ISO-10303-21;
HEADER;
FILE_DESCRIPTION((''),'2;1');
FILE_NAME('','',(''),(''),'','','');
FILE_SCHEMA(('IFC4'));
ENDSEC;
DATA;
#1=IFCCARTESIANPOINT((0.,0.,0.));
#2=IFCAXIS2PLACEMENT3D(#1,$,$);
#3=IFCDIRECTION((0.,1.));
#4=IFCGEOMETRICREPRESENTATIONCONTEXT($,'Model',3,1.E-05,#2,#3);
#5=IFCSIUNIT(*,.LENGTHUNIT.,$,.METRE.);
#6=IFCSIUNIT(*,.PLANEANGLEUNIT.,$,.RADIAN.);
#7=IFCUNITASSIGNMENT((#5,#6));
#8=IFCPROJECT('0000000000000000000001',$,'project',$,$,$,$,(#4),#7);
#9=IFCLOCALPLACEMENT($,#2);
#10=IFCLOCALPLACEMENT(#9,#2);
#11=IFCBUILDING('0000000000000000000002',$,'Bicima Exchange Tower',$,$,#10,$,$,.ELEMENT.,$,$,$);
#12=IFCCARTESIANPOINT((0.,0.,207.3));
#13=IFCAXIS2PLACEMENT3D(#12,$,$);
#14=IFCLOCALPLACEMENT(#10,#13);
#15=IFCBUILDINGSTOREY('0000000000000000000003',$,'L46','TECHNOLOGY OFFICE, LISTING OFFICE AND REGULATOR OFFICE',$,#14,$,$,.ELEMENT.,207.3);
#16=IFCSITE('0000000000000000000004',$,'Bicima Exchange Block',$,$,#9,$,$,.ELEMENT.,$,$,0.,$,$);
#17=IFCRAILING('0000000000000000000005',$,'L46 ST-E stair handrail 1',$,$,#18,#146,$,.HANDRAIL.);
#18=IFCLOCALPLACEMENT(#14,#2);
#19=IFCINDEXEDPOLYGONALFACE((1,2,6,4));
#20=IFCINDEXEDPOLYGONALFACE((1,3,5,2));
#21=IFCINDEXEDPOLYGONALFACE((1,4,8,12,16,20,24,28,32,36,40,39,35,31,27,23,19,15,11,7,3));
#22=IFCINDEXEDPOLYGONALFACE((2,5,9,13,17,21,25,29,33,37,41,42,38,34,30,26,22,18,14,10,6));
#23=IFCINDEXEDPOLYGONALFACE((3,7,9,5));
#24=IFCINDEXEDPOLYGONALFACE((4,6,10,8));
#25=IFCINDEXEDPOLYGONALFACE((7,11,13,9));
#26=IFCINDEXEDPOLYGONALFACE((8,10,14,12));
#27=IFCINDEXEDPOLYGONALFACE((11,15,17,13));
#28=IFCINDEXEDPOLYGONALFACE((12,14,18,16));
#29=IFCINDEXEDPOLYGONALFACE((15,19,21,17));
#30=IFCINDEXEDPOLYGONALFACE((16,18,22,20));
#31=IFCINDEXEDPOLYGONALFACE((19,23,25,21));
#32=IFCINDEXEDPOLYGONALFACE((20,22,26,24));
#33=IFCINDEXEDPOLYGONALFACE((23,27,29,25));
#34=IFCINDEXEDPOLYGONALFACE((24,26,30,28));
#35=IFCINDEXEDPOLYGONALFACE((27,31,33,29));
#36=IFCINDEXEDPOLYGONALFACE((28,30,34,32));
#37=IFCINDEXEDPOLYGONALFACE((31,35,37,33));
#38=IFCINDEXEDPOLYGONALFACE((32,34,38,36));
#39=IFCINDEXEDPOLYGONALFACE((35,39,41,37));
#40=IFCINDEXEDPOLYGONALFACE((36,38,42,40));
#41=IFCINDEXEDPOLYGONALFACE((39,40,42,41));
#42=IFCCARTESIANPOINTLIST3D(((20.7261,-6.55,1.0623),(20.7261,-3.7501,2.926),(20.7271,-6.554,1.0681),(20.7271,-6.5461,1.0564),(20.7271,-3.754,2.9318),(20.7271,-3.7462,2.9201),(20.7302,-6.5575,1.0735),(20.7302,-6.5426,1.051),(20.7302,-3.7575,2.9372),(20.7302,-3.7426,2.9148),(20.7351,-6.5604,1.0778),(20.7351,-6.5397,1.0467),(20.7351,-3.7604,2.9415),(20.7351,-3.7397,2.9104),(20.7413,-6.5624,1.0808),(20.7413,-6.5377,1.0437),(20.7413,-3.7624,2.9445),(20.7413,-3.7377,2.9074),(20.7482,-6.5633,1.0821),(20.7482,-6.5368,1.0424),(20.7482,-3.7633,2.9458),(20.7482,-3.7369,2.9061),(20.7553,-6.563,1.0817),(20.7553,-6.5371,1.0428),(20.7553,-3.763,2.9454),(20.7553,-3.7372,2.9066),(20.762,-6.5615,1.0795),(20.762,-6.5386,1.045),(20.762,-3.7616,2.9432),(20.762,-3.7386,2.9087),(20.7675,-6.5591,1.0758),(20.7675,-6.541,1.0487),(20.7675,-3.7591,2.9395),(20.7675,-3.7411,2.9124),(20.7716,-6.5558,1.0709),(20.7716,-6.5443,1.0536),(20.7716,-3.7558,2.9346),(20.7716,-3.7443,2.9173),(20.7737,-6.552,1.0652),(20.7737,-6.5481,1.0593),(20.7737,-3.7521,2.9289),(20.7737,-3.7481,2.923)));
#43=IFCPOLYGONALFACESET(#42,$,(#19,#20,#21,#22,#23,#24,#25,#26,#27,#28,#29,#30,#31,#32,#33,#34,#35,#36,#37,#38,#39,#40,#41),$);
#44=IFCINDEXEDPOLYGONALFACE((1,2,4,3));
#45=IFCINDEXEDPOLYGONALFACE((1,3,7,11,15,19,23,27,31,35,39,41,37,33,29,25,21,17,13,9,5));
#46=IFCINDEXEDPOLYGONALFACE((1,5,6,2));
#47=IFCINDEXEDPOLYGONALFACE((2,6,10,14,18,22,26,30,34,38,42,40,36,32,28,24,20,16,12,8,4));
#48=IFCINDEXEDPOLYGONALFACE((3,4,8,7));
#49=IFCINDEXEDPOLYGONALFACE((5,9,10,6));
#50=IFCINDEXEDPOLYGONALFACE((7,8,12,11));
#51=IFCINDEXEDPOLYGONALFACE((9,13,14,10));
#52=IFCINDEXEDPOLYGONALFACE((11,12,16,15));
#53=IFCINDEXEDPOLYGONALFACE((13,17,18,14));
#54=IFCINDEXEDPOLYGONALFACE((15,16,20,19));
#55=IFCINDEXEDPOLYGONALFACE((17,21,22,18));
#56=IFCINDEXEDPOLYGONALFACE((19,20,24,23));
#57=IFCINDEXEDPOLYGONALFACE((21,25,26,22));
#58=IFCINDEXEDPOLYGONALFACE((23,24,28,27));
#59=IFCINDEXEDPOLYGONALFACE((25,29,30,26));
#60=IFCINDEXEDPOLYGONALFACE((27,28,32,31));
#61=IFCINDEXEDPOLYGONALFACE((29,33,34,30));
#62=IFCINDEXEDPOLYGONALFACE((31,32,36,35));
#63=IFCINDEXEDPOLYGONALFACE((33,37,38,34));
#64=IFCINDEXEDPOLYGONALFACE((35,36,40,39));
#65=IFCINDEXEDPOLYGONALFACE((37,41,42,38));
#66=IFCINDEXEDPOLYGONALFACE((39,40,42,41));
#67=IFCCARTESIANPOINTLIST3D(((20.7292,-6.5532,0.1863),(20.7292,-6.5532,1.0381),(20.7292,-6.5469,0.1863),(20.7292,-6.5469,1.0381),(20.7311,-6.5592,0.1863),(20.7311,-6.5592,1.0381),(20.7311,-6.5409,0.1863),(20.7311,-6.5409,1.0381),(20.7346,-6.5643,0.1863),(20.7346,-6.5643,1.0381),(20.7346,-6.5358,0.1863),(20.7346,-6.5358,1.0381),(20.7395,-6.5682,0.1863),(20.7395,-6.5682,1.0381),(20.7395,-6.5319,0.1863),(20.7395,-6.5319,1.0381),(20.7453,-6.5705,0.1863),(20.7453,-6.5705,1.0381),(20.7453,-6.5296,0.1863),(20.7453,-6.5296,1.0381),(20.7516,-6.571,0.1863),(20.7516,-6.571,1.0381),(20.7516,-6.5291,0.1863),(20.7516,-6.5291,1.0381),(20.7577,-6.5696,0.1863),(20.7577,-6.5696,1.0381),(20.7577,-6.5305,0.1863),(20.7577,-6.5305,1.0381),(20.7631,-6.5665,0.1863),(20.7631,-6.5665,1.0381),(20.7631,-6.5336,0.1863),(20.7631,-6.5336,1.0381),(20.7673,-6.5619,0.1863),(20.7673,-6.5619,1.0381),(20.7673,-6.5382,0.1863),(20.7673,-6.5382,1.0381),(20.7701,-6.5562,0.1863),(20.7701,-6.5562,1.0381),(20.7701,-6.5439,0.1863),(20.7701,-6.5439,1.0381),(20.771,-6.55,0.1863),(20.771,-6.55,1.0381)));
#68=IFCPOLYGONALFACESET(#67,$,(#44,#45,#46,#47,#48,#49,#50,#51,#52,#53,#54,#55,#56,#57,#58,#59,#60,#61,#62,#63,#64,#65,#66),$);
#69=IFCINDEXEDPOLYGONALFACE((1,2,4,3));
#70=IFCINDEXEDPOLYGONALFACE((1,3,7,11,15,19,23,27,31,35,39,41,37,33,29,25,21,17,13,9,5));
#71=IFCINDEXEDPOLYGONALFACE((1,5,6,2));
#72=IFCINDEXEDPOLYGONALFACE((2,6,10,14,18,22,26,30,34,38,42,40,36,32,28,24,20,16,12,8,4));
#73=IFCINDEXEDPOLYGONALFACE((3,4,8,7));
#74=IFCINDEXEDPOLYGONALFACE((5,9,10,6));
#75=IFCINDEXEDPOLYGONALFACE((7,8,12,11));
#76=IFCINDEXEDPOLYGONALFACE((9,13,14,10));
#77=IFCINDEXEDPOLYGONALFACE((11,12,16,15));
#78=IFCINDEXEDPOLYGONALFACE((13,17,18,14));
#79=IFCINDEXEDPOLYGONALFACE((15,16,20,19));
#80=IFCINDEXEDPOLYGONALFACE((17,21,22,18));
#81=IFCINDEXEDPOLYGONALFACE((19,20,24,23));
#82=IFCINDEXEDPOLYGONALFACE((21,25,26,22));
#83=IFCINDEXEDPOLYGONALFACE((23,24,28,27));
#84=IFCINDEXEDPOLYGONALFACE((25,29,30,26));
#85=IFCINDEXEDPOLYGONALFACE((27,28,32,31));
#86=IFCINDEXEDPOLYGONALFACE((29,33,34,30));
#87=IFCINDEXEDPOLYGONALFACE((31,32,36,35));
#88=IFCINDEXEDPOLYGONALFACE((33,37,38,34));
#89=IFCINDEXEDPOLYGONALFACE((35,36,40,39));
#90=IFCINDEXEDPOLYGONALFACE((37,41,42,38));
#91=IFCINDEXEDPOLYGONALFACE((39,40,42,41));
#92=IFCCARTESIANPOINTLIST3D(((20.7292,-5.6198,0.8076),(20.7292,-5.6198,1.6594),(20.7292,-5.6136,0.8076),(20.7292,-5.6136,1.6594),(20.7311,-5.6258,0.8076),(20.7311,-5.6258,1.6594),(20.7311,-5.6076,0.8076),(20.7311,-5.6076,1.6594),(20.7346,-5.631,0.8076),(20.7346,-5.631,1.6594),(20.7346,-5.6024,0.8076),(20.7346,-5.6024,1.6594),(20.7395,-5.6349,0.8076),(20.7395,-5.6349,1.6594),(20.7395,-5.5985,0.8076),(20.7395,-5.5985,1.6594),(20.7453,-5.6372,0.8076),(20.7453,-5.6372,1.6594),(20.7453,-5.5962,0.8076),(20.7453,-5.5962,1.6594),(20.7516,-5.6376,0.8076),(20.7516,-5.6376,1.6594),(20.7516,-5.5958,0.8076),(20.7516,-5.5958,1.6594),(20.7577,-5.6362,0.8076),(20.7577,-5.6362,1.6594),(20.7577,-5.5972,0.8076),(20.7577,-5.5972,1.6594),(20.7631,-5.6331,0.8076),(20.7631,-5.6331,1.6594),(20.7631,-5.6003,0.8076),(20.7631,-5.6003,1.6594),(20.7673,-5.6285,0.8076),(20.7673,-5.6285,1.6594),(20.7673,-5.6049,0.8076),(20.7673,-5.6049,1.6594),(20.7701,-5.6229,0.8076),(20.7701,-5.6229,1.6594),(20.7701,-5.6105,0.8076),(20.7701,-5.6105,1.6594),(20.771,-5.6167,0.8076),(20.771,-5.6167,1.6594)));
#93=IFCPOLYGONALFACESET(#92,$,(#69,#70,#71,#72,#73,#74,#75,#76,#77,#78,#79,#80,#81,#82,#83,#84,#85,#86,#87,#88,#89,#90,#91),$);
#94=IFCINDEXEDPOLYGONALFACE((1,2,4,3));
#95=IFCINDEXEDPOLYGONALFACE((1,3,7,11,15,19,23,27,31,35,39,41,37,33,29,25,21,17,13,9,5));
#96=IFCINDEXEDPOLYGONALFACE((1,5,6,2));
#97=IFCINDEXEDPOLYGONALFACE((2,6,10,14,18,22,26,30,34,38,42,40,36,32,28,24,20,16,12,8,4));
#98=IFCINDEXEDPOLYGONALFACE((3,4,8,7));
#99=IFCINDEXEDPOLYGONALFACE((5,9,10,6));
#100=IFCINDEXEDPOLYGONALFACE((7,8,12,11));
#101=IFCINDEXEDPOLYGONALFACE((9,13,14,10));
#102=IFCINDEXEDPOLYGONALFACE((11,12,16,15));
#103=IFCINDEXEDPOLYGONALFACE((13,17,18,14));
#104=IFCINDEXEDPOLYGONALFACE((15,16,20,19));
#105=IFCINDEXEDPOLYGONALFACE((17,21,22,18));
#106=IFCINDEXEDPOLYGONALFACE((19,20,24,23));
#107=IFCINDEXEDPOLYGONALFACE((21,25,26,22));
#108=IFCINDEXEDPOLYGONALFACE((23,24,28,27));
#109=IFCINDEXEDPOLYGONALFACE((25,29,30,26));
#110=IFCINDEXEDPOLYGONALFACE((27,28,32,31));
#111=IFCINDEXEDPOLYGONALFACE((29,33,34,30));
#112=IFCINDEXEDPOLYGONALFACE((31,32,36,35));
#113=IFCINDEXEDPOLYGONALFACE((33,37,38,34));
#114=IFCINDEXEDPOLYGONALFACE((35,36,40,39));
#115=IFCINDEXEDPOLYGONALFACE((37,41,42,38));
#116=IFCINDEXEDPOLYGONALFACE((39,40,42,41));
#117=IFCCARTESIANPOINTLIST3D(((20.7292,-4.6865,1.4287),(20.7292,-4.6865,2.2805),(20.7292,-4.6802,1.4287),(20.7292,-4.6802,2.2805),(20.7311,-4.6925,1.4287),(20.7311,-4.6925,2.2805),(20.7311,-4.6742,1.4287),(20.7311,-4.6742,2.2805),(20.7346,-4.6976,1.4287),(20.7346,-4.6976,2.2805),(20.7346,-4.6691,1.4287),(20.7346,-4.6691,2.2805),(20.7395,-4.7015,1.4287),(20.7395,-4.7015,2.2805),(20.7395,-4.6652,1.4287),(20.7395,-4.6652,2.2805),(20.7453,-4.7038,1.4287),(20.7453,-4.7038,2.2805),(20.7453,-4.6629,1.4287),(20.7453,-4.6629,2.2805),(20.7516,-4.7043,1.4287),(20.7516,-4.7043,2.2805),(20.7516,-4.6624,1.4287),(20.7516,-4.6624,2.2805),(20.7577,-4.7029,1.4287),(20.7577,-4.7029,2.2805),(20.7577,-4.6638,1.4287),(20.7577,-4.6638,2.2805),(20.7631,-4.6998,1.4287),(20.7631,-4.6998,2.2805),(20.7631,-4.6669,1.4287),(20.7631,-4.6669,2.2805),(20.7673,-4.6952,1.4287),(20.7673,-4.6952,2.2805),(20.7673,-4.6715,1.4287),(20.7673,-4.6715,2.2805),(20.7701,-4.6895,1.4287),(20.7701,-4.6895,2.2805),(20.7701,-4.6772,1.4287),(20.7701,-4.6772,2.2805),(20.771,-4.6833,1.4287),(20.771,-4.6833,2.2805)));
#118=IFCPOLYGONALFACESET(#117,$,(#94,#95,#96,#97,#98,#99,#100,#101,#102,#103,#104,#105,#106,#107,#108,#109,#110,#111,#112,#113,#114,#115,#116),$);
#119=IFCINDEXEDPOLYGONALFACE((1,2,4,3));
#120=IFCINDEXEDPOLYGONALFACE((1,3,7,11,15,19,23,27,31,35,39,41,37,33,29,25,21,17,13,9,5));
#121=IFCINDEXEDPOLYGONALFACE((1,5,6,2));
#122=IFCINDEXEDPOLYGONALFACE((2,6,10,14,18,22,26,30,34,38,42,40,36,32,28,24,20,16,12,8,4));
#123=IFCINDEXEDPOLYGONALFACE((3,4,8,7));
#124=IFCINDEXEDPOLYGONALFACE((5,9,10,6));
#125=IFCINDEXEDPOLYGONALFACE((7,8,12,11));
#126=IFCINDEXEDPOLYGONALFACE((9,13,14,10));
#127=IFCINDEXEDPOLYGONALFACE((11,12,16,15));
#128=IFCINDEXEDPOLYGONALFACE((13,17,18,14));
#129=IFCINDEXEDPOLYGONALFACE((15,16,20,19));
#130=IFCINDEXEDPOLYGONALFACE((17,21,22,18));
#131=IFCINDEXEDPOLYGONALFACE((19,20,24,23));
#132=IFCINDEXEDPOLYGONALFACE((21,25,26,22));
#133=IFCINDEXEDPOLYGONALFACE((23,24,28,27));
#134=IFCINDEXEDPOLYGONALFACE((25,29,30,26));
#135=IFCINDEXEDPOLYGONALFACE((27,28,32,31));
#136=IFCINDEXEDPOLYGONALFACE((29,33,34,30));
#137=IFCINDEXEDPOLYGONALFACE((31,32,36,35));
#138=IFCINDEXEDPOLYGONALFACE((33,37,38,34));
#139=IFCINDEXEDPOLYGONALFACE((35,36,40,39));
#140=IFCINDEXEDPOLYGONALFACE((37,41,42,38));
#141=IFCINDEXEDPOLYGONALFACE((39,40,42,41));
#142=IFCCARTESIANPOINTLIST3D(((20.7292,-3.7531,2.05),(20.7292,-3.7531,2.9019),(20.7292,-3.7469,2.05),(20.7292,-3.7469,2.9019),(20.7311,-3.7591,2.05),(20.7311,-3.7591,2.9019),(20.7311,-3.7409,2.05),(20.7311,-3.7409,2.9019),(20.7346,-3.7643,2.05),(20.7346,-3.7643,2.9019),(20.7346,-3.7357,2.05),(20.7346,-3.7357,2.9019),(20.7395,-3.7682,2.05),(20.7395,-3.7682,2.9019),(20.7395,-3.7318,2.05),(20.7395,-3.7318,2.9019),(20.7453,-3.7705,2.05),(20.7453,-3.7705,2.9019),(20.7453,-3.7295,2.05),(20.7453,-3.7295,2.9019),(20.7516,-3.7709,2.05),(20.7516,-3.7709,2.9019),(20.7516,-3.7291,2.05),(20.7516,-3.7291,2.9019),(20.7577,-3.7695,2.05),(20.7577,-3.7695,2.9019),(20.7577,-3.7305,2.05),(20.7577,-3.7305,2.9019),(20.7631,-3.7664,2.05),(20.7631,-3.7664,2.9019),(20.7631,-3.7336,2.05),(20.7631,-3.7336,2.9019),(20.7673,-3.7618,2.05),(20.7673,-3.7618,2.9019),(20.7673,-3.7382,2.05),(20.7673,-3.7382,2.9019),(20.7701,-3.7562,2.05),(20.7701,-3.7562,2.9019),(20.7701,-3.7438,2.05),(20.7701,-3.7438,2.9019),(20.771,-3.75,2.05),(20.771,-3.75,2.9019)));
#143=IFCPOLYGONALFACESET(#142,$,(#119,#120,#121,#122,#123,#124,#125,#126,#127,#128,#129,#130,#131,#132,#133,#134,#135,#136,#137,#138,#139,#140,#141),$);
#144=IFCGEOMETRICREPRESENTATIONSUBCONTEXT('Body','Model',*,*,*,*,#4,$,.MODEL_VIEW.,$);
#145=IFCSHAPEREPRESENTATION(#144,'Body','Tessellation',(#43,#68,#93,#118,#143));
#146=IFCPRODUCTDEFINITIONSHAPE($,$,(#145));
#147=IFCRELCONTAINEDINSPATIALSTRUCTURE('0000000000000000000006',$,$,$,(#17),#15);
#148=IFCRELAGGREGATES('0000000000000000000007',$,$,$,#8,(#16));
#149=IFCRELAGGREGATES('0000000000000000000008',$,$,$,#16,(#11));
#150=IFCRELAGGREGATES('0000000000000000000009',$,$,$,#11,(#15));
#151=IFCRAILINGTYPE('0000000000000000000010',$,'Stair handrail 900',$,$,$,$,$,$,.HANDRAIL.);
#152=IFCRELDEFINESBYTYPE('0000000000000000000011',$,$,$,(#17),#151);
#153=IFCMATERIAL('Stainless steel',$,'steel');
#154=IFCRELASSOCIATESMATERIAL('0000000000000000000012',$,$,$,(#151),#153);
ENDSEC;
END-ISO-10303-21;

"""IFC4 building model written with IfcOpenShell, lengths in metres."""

from ifc_helpers import new_model, si_unit, direction, frame, origin, origin_2d, place, context, subcontext, project, spatial, circle, extrude, material, type_object, element, save


model = new_model("IFC4")

# Units and contexts
model_context = context("Model", 3, precision=1e-05, world=origin(), true_north=direction((0.0, 1.0)))
body_context = subcontext(model_context, "Body", "Model", "MODEL_VIEW")
ifc_project = project(units=[si_unit("LENGTHUNIT", "METRE"), si_unit("PLANEANGLEUNIT", "RADIAN")], contexts=[model_context])

# Site, building, storey
site_placement = place(None, origin())
site = spatial("IfcSite", under=ifc_project, at=site_placement, Name="Bicima Exchange Block", CompositionType="ELEMENT", RefElevation=0.0)
building_placement = place(site_placement, origin())
building = spatial("IfcBuilding", under=site, at=building_placement, Name="Bicima Exchange Tower", CompositionType="ELEMENT")
storey_placement = place(building_placement, frame((0.0, 0.0, 207.3)))
storey = spatial("IfcBuildingStorey", under=building, at=storey_placement, Name="L46", Description="TECHNOLOGY OFFICE, LISTING OFFICE AND REGULATOR OFFICE", CompositionType="ELEMENT", Elevation=207.3)

# Railing
ifc_material_1 = material(Name="Stainless steel", Category="steel")
railing_type_1 = type_object("IfcRailingType", Name="Stair handrail 900", PredefinedType="HANDRAIL", material=ifc_material_1)
railing_1_placement = place(storey_placement, frame((20.75, -6.55, 0.1863)))
element("IfcRailing", 1, at=railing_1_placement, inside=storey, type_object=railing_type_1, Name="L46 ST-E stair handrail 1", PredefinedType="HANDRAIL", context=body_context, shape_type="SweptSolid", body=[
    extrude(circle(Radius=0.0239, at=origin_2d()), frame((0.0, 0.0, 0.876), z_axis=(0.0, 0.832452, 0.554097), x_axis=(-1.0, 0.0, 0.0)), (0.0, 0.0, 1.0), 3.3635),
    extrude(circle(Radius=0.021, at=origin_2d()), origin(), (0.0, 0.0, 1.0), 0.8518),
    extrude(circle(Radius=0.021, at=origin_2d()), frame((0.0, 0.9333, 0.6213)), (0.0, 0.0, 1.0), 0.8518),
    extrude(circle(Radius=0.021, at=origin_2d()), frame((0.0, 1.8667, 1.2424)), (0.0, 0.0, 1.0), 0.8518),
    extrude(circle(Radius=0.021, at=origin_2d()), frame((0.0, 2.8, 1.8638)), (0.0, 0.0, 1.0), 0.8518),
])

save(model, "model.ifc")
